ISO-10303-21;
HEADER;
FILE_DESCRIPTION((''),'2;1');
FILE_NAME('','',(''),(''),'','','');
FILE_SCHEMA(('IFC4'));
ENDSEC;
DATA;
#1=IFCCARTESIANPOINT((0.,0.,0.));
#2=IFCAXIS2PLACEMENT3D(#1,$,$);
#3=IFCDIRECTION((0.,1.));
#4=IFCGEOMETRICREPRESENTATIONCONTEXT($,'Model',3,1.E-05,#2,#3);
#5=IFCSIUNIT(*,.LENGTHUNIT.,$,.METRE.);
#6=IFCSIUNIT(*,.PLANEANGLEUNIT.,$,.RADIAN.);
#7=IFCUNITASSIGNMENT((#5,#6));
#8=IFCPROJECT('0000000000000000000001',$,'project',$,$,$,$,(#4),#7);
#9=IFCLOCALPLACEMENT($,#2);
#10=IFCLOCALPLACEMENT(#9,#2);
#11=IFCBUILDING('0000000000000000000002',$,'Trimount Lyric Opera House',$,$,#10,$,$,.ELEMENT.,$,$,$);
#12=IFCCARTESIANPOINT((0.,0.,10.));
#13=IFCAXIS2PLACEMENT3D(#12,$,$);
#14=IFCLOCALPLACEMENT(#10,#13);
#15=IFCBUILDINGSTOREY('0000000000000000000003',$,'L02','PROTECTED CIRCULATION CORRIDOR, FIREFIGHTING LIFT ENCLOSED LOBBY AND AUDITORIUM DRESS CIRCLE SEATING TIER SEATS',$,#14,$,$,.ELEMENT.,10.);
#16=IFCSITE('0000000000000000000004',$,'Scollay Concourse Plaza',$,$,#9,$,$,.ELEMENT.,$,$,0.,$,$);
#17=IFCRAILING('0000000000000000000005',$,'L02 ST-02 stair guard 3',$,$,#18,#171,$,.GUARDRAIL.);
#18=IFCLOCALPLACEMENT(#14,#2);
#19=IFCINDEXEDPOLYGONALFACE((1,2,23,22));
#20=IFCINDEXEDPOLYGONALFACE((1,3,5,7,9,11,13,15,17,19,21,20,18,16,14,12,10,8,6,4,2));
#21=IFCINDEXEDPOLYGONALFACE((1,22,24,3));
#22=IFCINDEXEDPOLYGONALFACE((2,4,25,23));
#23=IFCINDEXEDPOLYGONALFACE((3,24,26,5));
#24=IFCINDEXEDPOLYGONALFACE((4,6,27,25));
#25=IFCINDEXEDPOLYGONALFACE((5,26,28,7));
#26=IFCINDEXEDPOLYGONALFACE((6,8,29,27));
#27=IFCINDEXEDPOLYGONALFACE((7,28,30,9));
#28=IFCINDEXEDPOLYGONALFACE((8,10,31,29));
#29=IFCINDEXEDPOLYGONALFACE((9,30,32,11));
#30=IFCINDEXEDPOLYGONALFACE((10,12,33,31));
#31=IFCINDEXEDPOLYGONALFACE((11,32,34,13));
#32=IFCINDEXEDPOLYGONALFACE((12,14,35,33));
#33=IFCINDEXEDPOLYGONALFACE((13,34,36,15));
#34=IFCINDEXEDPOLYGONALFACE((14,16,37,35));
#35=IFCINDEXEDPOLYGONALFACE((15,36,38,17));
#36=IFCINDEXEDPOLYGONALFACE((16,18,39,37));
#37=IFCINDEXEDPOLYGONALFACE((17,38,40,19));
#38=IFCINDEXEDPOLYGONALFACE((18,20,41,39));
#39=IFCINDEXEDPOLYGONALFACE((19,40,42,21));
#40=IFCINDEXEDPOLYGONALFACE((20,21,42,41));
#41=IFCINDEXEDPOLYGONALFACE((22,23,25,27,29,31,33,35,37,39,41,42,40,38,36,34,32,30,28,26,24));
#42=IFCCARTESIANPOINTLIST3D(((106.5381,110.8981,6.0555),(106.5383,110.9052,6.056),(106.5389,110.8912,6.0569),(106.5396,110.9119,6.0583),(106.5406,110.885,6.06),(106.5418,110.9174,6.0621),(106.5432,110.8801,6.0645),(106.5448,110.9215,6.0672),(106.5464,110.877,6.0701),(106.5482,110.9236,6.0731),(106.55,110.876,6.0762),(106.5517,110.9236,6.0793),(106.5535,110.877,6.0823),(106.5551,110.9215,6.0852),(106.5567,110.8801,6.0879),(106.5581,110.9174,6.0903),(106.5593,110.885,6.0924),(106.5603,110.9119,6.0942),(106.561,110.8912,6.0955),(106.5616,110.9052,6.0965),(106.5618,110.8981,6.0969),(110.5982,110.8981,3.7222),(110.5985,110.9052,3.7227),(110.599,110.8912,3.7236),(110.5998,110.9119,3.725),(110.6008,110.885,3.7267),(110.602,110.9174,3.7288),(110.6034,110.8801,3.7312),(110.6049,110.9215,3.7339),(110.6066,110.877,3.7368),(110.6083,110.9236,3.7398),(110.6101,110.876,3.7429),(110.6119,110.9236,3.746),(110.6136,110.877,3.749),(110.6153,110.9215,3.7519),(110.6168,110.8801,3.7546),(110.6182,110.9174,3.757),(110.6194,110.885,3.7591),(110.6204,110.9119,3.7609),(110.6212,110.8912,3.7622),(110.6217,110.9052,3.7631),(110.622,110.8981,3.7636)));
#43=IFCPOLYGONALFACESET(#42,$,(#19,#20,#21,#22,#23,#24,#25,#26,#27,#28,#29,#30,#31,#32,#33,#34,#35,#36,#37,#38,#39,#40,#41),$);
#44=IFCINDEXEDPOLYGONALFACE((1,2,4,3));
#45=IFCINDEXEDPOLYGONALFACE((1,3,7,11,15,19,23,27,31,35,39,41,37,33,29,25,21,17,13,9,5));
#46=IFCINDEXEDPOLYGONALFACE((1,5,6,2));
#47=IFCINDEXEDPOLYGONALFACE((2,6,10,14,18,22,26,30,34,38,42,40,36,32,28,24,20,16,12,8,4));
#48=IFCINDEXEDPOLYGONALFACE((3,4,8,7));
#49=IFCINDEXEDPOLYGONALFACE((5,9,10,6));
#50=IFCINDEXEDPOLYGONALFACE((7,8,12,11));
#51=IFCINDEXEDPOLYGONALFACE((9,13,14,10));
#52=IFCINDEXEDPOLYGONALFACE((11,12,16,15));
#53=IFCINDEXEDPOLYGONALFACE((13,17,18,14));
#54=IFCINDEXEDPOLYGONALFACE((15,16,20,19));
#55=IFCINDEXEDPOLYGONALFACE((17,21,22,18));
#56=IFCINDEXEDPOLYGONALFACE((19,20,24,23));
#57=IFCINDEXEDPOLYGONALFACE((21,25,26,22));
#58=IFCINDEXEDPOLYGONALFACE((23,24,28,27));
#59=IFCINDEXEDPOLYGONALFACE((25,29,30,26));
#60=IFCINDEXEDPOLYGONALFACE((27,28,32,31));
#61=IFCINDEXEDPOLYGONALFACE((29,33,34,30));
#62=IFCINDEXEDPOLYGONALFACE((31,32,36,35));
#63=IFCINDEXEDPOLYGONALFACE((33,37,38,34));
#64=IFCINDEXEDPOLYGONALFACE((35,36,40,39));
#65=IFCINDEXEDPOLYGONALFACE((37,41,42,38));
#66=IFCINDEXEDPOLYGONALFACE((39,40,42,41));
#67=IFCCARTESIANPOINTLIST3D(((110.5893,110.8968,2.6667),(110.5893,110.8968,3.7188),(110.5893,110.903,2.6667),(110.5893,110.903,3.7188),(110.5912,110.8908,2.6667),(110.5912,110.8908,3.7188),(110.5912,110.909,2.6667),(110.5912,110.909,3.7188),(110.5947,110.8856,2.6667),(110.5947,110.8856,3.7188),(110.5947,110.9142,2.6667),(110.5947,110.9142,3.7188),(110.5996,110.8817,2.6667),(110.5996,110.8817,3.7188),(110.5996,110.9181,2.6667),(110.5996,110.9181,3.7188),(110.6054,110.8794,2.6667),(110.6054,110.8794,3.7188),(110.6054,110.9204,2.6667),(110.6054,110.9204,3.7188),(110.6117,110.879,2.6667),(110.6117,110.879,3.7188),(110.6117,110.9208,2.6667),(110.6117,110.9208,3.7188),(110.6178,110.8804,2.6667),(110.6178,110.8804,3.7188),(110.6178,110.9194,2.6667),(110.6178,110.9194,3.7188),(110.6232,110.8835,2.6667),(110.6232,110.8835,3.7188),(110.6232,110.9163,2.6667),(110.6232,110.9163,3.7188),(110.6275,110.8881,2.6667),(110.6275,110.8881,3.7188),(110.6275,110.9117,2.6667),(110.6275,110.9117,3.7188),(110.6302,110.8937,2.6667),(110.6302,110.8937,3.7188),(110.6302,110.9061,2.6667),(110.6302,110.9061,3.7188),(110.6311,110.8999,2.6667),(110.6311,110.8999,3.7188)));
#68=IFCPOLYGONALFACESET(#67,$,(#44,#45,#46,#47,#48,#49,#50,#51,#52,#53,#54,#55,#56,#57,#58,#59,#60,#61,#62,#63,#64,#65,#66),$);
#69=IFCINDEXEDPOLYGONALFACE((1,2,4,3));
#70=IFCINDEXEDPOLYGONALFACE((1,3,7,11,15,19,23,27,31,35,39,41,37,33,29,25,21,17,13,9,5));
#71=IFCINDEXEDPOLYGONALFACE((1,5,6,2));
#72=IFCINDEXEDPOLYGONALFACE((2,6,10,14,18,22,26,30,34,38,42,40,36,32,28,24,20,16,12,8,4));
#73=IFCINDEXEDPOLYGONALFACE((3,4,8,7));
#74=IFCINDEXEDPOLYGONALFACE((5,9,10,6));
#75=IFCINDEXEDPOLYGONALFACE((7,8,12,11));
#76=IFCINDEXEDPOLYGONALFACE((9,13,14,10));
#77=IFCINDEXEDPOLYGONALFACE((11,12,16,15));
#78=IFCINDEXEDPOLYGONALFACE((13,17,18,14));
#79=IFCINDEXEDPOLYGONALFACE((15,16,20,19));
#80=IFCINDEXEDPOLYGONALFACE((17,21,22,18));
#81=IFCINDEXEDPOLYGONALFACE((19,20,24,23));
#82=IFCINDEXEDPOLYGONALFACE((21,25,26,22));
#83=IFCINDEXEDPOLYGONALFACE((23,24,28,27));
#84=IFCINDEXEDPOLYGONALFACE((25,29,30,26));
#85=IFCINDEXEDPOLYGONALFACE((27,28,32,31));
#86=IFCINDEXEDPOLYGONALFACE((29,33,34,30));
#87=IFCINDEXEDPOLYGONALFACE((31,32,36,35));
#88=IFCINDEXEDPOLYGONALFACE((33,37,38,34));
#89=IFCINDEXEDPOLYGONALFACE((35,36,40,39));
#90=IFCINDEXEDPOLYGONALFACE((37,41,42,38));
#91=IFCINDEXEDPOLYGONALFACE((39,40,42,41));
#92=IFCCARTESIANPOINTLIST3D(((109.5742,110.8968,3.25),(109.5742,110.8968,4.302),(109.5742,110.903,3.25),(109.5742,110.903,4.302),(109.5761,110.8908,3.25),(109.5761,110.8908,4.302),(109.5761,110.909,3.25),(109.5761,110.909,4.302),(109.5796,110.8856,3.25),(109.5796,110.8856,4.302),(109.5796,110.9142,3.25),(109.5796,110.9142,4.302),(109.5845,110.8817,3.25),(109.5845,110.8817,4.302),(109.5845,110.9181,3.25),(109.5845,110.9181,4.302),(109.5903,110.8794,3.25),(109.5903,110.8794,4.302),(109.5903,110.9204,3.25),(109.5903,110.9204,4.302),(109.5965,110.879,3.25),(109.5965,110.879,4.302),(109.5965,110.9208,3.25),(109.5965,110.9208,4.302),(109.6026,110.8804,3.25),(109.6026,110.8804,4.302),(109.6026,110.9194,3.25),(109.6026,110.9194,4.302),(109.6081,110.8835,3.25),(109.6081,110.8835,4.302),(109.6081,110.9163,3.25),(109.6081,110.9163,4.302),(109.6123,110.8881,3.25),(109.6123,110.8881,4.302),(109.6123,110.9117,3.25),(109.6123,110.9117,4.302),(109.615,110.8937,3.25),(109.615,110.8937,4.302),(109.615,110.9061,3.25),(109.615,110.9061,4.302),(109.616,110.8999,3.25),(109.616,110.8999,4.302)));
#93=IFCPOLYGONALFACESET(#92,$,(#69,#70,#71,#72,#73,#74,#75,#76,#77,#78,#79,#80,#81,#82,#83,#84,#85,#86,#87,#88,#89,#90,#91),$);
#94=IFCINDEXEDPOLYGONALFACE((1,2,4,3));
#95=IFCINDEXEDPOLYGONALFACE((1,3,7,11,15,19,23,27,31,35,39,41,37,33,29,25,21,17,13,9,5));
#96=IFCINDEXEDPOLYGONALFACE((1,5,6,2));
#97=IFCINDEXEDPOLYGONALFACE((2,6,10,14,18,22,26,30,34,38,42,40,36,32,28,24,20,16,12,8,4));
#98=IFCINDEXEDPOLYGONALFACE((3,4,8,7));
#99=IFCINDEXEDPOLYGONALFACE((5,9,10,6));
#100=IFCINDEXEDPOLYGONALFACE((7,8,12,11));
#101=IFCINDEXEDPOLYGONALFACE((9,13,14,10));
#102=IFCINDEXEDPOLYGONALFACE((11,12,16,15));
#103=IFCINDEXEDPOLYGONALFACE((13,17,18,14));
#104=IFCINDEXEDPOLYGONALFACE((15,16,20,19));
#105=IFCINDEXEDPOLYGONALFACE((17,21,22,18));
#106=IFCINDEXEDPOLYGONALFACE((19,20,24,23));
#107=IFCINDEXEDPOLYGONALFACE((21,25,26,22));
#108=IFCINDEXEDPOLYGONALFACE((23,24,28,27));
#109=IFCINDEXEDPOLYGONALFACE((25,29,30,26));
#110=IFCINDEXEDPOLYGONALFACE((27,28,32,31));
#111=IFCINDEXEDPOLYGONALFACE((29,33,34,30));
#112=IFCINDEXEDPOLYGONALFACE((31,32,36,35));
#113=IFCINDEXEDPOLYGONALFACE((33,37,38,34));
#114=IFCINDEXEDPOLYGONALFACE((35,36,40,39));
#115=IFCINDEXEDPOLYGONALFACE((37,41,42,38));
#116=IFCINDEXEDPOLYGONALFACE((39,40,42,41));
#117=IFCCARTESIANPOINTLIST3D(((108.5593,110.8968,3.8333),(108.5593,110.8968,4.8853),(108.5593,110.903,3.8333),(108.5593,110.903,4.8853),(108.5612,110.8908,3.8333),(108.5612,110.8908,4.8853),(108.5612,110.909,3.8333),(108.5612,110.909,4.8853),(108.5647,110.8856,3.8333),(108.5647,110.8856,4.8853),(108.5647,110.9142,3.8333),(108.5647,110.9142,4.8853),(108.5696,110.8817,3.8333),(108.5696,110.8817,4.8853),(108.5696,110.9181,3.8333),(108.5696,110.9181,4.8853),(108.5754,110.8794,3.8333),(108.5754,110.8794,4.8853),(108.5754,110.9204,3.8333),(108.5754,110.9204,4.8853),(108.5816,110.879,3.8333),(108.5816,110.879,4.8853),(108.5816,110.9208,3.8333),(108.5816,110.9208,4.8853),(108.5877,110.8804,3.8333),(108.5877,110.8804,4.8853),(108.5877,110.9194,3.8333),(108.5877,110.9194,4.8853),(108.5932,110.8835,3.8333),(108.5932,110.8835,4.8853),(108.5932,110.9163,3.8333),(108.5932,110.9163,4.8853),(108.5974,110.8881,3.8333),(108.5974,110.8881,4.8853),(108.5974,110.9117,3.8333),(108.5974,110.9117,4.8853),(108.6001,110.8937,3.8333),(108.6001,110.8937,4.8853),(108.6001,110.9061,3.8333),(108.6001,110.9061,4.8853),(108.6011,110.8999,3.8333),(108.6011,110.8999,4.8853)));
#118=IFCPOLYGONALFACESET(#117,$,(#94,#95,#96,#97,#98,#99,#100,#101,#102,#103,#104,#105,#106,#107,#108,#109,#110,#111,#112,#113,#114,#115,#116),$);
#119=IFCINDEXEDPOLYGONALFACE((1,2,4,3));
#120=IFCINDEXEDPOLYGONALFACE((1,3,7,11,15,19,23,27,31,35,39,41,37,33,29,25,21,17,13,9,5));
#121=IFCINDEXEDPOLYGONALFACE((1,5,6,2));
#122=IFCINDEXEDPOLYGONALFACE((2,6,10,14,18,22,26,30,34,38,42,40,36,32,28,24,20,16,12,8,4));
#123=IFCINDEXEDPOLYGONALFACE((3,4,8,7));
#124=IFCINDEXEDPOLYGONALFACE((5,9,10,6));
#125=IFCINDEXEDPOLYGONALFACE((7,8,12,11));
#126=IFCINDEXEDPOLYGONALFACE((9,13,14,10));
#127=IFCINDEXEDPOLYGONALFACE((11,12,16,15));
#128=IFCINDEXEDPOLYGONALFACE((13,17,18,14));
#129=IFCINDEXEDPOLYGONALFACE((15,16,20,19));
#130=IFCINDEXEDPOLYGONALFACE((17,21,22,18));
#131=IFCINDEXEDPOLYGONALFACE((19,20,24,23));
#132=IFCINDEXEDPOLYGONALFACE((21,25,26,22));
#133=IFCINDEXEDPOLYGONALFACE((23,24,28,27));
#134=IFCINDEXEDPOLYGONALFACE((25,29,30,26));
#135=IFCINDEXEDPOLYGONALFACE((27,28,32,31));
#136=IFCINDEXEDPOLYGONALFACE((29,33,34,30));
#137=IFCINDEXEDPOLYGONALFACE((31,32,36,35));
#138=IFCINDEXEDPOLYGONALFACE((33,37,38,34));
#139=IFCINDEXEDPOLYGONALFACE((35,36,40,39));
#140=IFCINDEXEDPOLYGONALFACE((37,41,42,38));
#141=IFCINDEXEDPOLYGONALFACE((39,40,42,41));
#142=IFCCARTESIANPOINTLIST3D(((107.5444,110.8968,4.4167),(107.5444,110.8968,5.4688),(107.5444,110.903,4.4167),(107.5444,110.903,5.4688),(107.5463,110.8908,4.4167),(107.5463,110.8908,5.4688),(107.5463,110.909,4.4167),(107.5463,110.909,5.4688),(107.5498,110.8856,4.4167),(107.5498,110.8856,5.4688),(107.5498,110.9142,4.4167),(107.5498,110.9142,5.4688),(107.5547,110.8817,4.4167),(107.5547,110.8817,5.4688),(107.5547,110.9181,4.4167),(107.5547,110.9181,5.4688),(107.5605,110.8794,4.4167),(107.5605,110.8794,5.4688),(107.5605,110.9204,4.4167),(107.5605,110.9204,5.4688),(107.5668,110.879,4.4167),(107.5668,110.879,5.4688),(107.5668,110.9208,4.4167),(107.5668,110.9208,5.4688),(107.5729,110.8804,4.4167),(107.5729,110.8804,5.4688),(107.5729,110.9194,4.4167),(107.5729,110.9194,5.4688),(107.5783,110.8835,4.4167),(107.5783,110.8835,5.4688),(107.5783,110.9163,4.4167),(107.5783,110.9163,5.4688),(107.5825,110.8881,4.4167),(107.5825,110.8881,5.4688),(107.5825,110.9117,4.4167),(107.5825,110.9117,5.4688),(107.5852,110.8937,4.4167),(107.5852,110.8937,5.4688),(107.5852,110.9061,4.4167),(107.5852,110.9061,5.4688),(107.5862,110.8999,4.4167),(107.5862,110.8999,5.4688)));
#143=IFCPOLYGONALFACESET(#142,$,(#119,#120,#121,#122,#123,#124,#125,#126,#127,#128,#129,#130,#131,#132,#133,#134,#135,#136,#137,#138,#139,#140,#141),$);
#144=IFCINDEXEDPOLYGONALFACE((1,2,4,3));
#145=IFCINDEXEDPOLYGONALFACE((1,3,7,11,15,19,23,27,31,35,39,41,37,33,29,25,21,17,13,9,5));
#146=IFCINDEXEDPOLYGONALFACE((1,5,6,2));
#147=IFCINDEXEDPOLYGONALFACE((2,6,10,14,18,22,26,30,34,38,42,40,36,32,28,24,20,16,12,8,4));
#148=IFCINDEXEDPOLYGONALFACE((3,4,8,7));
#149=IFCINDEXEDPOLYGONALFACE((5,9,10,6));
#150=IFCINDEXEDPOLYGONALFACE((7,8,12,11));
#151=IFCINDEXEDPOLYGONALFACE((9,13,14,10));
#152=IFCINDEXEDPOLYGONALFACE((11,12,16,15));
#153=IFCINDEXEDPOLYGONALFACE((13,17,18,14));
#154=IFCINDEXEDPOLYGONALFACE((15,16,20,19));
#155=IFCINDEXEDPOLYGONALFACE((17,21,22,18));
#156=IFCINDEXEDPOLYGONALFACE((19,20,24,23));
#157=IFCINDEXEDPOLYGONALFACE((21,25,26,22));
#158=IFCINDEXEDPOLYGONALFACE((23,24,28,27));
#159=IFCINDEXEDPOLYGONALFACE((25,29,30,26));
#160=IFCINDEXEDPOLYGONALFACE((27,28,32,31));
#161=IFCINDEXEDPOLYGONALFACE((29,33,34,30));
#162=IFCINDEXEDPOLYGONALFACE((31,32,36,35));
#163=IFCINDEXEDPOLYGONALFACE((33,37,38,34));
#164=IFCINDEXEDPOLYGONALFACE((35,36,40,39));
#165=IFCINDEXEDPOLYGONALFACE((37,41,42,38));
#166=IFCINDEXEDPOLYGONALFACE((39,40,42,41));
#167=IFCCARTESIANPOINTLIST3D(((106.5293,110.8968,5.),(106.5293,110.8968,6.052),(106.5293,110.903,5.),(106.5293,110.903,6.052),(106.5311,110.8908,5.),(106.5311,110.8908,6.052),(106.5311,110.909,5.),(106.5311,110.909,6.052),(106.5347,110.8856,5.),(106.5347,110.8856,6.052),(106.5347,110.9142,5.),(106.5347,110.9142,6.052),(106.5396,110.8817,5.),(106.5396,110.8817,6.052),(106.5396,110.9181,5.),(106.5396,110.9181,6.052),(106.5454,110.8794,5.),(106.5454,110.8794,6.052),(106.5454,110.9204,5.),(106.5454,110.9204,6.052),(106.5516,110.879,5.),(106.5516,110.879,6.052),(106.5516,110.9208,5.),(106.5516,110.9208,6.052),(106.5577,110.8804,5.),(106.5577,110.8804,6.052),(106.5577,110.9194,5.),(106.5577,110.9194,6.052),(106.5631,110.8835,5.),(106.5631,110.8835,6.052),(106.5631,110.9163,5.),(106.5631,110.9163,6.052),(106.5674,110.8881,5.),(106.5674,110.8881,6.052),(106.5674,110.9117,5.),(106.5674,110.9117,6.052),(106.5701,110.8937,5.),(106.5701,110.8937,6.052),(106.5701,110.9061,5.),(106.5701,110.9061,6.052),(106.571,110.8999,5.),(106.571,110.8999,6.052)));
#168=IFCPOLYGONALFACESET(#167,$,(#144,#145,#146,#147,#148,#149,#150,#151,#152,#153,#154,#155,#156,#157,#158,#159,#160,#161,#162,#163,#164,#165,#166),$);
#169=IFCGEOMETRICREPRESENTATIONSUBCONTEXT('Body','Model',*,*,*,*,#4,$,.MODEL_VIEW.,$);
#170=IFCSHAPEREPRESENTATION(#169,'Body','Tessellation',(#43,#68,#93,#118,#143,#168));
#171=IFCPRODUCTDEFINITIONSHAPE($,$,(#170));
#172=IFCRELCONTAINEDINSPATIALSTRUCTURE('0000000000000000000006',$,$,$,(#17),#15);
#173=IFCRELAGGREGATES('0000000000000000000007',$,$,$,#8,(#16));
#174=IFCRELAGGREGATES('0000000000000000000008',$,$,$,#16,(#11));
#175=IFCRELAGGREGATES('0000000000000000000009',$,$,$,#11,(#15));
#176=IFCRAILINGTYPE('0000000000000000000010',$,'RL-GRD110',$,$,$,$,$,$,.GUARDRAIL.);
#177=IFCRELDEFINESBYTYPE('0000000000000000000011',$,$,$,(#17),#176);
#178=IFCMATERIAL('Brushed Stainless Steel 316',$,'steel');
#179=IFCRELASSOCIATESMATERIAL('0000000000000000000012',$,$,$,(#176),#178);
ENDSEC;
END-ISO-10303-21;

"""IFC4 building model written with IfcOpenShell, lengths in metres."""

from ifc_helpers import new_model, si_unit, direction, frame, origin, origin_2d, place, context, subcontext, project, spatial, circle, extrude, material, type_object, element, save


model = new_model("IFC4")

# Units and contexts
model_context = context("Model", 3, precision=1e-05, world=origin(), true_north=direction((0.0, 1.0)))
body_context = subcontext(model_context, "Body", "Model", "MODEL_VIEW")
ifc_project = project(units=[si_unit("LENGTHUNIT", "METRE"), si_unit("PLANEANGLEUNIT", "RADIAN")], contexts=[model_context])

# Site, building, storey
site_placement = place(None, origin())
site = spatial("IfcSite", under=ifc_project, at=site_placement, Name="Scollay Concourse Plaza", CompositionType="ELEMENT", RefElevation=0.0)
building_placement = place(site_placement, origin())
building = spatial("IfcBuilding", under=site, at=building_placement, Name="Trimount Lyric Opera House", CompositionType="ELEMENT")
storey_placement = place(building_placement, frame((0.0, 0.0, 10.0)))
storey = spatial("IfcBuildingStorey", under=building, at=storey_placement, Name="L02", Description="PROTECTED CIRCULATION CORRIDOR, FIREFIGHTING LIFT ENCLOSED LOBBY AND AUDITORIUM DRESS CIRCLE SEATING TIER SEATS", CompositionType="ELEMENT", Elevation=10.0)

# Railing
ifc_material_1 = material(Name="Brushed Stainless Steel 316", Category="steel")
railing_type_1 = type_object("IfcRailingType", Name="RL-GRD110", PredefinedType="GUARDRAIL", material=ifc_material_1)
railing_1_placement = place(storey_placement, frame((110.6101, 110.8999, 2.6667)))
element("IfcRailing", 1, at=railing_1_placement, inside=storey, type_object=railing_type_1, Name="L02 ST-02 stair guard 3", PredefinedType="GUARDRAIL", context=body_context, shape_type="SweptSolid", body=[
    extrude(circle(Radius=0.0239, at=origin_2d()), frame((0.0, 0.0, 1.0762), z_axis=(-0.867025, 0.0, 0.498265), x_axis=(0.0, -1.0, 0.0)), (0.0, 0.0, 1.0), 4.6829),
    extrude(circle(Radius=0.021, at=origin_2d()), origin(), (0.0, 0.0, 1.0), 1.052),
    extrude(circle(Radius=0.021, at=origin_2d()), frame((-1.0151, 0.0, 0.5833)), (0.0, 0.0, 1.0), 1.052),
    extrude(circle(Radius=0.021, at=origin_2d()), frame((-2.03, 0.0, 1.1665)), (0.0, 0.0, 1.0), 1.052),
    extrude(circle(Radius=0.021, at=origin_2d()), frame((-3.0449, 0.0, 1.75)), (0.0, 0.0, 1.0), 1.052),
    extrude(circle(Radius=0.021, at=origin_2d()), frame((-4.0601, 0.0, 2.3333)), (0.0, 0.0, 1.0), 1.052),
])

save(model, "model.ifc")
